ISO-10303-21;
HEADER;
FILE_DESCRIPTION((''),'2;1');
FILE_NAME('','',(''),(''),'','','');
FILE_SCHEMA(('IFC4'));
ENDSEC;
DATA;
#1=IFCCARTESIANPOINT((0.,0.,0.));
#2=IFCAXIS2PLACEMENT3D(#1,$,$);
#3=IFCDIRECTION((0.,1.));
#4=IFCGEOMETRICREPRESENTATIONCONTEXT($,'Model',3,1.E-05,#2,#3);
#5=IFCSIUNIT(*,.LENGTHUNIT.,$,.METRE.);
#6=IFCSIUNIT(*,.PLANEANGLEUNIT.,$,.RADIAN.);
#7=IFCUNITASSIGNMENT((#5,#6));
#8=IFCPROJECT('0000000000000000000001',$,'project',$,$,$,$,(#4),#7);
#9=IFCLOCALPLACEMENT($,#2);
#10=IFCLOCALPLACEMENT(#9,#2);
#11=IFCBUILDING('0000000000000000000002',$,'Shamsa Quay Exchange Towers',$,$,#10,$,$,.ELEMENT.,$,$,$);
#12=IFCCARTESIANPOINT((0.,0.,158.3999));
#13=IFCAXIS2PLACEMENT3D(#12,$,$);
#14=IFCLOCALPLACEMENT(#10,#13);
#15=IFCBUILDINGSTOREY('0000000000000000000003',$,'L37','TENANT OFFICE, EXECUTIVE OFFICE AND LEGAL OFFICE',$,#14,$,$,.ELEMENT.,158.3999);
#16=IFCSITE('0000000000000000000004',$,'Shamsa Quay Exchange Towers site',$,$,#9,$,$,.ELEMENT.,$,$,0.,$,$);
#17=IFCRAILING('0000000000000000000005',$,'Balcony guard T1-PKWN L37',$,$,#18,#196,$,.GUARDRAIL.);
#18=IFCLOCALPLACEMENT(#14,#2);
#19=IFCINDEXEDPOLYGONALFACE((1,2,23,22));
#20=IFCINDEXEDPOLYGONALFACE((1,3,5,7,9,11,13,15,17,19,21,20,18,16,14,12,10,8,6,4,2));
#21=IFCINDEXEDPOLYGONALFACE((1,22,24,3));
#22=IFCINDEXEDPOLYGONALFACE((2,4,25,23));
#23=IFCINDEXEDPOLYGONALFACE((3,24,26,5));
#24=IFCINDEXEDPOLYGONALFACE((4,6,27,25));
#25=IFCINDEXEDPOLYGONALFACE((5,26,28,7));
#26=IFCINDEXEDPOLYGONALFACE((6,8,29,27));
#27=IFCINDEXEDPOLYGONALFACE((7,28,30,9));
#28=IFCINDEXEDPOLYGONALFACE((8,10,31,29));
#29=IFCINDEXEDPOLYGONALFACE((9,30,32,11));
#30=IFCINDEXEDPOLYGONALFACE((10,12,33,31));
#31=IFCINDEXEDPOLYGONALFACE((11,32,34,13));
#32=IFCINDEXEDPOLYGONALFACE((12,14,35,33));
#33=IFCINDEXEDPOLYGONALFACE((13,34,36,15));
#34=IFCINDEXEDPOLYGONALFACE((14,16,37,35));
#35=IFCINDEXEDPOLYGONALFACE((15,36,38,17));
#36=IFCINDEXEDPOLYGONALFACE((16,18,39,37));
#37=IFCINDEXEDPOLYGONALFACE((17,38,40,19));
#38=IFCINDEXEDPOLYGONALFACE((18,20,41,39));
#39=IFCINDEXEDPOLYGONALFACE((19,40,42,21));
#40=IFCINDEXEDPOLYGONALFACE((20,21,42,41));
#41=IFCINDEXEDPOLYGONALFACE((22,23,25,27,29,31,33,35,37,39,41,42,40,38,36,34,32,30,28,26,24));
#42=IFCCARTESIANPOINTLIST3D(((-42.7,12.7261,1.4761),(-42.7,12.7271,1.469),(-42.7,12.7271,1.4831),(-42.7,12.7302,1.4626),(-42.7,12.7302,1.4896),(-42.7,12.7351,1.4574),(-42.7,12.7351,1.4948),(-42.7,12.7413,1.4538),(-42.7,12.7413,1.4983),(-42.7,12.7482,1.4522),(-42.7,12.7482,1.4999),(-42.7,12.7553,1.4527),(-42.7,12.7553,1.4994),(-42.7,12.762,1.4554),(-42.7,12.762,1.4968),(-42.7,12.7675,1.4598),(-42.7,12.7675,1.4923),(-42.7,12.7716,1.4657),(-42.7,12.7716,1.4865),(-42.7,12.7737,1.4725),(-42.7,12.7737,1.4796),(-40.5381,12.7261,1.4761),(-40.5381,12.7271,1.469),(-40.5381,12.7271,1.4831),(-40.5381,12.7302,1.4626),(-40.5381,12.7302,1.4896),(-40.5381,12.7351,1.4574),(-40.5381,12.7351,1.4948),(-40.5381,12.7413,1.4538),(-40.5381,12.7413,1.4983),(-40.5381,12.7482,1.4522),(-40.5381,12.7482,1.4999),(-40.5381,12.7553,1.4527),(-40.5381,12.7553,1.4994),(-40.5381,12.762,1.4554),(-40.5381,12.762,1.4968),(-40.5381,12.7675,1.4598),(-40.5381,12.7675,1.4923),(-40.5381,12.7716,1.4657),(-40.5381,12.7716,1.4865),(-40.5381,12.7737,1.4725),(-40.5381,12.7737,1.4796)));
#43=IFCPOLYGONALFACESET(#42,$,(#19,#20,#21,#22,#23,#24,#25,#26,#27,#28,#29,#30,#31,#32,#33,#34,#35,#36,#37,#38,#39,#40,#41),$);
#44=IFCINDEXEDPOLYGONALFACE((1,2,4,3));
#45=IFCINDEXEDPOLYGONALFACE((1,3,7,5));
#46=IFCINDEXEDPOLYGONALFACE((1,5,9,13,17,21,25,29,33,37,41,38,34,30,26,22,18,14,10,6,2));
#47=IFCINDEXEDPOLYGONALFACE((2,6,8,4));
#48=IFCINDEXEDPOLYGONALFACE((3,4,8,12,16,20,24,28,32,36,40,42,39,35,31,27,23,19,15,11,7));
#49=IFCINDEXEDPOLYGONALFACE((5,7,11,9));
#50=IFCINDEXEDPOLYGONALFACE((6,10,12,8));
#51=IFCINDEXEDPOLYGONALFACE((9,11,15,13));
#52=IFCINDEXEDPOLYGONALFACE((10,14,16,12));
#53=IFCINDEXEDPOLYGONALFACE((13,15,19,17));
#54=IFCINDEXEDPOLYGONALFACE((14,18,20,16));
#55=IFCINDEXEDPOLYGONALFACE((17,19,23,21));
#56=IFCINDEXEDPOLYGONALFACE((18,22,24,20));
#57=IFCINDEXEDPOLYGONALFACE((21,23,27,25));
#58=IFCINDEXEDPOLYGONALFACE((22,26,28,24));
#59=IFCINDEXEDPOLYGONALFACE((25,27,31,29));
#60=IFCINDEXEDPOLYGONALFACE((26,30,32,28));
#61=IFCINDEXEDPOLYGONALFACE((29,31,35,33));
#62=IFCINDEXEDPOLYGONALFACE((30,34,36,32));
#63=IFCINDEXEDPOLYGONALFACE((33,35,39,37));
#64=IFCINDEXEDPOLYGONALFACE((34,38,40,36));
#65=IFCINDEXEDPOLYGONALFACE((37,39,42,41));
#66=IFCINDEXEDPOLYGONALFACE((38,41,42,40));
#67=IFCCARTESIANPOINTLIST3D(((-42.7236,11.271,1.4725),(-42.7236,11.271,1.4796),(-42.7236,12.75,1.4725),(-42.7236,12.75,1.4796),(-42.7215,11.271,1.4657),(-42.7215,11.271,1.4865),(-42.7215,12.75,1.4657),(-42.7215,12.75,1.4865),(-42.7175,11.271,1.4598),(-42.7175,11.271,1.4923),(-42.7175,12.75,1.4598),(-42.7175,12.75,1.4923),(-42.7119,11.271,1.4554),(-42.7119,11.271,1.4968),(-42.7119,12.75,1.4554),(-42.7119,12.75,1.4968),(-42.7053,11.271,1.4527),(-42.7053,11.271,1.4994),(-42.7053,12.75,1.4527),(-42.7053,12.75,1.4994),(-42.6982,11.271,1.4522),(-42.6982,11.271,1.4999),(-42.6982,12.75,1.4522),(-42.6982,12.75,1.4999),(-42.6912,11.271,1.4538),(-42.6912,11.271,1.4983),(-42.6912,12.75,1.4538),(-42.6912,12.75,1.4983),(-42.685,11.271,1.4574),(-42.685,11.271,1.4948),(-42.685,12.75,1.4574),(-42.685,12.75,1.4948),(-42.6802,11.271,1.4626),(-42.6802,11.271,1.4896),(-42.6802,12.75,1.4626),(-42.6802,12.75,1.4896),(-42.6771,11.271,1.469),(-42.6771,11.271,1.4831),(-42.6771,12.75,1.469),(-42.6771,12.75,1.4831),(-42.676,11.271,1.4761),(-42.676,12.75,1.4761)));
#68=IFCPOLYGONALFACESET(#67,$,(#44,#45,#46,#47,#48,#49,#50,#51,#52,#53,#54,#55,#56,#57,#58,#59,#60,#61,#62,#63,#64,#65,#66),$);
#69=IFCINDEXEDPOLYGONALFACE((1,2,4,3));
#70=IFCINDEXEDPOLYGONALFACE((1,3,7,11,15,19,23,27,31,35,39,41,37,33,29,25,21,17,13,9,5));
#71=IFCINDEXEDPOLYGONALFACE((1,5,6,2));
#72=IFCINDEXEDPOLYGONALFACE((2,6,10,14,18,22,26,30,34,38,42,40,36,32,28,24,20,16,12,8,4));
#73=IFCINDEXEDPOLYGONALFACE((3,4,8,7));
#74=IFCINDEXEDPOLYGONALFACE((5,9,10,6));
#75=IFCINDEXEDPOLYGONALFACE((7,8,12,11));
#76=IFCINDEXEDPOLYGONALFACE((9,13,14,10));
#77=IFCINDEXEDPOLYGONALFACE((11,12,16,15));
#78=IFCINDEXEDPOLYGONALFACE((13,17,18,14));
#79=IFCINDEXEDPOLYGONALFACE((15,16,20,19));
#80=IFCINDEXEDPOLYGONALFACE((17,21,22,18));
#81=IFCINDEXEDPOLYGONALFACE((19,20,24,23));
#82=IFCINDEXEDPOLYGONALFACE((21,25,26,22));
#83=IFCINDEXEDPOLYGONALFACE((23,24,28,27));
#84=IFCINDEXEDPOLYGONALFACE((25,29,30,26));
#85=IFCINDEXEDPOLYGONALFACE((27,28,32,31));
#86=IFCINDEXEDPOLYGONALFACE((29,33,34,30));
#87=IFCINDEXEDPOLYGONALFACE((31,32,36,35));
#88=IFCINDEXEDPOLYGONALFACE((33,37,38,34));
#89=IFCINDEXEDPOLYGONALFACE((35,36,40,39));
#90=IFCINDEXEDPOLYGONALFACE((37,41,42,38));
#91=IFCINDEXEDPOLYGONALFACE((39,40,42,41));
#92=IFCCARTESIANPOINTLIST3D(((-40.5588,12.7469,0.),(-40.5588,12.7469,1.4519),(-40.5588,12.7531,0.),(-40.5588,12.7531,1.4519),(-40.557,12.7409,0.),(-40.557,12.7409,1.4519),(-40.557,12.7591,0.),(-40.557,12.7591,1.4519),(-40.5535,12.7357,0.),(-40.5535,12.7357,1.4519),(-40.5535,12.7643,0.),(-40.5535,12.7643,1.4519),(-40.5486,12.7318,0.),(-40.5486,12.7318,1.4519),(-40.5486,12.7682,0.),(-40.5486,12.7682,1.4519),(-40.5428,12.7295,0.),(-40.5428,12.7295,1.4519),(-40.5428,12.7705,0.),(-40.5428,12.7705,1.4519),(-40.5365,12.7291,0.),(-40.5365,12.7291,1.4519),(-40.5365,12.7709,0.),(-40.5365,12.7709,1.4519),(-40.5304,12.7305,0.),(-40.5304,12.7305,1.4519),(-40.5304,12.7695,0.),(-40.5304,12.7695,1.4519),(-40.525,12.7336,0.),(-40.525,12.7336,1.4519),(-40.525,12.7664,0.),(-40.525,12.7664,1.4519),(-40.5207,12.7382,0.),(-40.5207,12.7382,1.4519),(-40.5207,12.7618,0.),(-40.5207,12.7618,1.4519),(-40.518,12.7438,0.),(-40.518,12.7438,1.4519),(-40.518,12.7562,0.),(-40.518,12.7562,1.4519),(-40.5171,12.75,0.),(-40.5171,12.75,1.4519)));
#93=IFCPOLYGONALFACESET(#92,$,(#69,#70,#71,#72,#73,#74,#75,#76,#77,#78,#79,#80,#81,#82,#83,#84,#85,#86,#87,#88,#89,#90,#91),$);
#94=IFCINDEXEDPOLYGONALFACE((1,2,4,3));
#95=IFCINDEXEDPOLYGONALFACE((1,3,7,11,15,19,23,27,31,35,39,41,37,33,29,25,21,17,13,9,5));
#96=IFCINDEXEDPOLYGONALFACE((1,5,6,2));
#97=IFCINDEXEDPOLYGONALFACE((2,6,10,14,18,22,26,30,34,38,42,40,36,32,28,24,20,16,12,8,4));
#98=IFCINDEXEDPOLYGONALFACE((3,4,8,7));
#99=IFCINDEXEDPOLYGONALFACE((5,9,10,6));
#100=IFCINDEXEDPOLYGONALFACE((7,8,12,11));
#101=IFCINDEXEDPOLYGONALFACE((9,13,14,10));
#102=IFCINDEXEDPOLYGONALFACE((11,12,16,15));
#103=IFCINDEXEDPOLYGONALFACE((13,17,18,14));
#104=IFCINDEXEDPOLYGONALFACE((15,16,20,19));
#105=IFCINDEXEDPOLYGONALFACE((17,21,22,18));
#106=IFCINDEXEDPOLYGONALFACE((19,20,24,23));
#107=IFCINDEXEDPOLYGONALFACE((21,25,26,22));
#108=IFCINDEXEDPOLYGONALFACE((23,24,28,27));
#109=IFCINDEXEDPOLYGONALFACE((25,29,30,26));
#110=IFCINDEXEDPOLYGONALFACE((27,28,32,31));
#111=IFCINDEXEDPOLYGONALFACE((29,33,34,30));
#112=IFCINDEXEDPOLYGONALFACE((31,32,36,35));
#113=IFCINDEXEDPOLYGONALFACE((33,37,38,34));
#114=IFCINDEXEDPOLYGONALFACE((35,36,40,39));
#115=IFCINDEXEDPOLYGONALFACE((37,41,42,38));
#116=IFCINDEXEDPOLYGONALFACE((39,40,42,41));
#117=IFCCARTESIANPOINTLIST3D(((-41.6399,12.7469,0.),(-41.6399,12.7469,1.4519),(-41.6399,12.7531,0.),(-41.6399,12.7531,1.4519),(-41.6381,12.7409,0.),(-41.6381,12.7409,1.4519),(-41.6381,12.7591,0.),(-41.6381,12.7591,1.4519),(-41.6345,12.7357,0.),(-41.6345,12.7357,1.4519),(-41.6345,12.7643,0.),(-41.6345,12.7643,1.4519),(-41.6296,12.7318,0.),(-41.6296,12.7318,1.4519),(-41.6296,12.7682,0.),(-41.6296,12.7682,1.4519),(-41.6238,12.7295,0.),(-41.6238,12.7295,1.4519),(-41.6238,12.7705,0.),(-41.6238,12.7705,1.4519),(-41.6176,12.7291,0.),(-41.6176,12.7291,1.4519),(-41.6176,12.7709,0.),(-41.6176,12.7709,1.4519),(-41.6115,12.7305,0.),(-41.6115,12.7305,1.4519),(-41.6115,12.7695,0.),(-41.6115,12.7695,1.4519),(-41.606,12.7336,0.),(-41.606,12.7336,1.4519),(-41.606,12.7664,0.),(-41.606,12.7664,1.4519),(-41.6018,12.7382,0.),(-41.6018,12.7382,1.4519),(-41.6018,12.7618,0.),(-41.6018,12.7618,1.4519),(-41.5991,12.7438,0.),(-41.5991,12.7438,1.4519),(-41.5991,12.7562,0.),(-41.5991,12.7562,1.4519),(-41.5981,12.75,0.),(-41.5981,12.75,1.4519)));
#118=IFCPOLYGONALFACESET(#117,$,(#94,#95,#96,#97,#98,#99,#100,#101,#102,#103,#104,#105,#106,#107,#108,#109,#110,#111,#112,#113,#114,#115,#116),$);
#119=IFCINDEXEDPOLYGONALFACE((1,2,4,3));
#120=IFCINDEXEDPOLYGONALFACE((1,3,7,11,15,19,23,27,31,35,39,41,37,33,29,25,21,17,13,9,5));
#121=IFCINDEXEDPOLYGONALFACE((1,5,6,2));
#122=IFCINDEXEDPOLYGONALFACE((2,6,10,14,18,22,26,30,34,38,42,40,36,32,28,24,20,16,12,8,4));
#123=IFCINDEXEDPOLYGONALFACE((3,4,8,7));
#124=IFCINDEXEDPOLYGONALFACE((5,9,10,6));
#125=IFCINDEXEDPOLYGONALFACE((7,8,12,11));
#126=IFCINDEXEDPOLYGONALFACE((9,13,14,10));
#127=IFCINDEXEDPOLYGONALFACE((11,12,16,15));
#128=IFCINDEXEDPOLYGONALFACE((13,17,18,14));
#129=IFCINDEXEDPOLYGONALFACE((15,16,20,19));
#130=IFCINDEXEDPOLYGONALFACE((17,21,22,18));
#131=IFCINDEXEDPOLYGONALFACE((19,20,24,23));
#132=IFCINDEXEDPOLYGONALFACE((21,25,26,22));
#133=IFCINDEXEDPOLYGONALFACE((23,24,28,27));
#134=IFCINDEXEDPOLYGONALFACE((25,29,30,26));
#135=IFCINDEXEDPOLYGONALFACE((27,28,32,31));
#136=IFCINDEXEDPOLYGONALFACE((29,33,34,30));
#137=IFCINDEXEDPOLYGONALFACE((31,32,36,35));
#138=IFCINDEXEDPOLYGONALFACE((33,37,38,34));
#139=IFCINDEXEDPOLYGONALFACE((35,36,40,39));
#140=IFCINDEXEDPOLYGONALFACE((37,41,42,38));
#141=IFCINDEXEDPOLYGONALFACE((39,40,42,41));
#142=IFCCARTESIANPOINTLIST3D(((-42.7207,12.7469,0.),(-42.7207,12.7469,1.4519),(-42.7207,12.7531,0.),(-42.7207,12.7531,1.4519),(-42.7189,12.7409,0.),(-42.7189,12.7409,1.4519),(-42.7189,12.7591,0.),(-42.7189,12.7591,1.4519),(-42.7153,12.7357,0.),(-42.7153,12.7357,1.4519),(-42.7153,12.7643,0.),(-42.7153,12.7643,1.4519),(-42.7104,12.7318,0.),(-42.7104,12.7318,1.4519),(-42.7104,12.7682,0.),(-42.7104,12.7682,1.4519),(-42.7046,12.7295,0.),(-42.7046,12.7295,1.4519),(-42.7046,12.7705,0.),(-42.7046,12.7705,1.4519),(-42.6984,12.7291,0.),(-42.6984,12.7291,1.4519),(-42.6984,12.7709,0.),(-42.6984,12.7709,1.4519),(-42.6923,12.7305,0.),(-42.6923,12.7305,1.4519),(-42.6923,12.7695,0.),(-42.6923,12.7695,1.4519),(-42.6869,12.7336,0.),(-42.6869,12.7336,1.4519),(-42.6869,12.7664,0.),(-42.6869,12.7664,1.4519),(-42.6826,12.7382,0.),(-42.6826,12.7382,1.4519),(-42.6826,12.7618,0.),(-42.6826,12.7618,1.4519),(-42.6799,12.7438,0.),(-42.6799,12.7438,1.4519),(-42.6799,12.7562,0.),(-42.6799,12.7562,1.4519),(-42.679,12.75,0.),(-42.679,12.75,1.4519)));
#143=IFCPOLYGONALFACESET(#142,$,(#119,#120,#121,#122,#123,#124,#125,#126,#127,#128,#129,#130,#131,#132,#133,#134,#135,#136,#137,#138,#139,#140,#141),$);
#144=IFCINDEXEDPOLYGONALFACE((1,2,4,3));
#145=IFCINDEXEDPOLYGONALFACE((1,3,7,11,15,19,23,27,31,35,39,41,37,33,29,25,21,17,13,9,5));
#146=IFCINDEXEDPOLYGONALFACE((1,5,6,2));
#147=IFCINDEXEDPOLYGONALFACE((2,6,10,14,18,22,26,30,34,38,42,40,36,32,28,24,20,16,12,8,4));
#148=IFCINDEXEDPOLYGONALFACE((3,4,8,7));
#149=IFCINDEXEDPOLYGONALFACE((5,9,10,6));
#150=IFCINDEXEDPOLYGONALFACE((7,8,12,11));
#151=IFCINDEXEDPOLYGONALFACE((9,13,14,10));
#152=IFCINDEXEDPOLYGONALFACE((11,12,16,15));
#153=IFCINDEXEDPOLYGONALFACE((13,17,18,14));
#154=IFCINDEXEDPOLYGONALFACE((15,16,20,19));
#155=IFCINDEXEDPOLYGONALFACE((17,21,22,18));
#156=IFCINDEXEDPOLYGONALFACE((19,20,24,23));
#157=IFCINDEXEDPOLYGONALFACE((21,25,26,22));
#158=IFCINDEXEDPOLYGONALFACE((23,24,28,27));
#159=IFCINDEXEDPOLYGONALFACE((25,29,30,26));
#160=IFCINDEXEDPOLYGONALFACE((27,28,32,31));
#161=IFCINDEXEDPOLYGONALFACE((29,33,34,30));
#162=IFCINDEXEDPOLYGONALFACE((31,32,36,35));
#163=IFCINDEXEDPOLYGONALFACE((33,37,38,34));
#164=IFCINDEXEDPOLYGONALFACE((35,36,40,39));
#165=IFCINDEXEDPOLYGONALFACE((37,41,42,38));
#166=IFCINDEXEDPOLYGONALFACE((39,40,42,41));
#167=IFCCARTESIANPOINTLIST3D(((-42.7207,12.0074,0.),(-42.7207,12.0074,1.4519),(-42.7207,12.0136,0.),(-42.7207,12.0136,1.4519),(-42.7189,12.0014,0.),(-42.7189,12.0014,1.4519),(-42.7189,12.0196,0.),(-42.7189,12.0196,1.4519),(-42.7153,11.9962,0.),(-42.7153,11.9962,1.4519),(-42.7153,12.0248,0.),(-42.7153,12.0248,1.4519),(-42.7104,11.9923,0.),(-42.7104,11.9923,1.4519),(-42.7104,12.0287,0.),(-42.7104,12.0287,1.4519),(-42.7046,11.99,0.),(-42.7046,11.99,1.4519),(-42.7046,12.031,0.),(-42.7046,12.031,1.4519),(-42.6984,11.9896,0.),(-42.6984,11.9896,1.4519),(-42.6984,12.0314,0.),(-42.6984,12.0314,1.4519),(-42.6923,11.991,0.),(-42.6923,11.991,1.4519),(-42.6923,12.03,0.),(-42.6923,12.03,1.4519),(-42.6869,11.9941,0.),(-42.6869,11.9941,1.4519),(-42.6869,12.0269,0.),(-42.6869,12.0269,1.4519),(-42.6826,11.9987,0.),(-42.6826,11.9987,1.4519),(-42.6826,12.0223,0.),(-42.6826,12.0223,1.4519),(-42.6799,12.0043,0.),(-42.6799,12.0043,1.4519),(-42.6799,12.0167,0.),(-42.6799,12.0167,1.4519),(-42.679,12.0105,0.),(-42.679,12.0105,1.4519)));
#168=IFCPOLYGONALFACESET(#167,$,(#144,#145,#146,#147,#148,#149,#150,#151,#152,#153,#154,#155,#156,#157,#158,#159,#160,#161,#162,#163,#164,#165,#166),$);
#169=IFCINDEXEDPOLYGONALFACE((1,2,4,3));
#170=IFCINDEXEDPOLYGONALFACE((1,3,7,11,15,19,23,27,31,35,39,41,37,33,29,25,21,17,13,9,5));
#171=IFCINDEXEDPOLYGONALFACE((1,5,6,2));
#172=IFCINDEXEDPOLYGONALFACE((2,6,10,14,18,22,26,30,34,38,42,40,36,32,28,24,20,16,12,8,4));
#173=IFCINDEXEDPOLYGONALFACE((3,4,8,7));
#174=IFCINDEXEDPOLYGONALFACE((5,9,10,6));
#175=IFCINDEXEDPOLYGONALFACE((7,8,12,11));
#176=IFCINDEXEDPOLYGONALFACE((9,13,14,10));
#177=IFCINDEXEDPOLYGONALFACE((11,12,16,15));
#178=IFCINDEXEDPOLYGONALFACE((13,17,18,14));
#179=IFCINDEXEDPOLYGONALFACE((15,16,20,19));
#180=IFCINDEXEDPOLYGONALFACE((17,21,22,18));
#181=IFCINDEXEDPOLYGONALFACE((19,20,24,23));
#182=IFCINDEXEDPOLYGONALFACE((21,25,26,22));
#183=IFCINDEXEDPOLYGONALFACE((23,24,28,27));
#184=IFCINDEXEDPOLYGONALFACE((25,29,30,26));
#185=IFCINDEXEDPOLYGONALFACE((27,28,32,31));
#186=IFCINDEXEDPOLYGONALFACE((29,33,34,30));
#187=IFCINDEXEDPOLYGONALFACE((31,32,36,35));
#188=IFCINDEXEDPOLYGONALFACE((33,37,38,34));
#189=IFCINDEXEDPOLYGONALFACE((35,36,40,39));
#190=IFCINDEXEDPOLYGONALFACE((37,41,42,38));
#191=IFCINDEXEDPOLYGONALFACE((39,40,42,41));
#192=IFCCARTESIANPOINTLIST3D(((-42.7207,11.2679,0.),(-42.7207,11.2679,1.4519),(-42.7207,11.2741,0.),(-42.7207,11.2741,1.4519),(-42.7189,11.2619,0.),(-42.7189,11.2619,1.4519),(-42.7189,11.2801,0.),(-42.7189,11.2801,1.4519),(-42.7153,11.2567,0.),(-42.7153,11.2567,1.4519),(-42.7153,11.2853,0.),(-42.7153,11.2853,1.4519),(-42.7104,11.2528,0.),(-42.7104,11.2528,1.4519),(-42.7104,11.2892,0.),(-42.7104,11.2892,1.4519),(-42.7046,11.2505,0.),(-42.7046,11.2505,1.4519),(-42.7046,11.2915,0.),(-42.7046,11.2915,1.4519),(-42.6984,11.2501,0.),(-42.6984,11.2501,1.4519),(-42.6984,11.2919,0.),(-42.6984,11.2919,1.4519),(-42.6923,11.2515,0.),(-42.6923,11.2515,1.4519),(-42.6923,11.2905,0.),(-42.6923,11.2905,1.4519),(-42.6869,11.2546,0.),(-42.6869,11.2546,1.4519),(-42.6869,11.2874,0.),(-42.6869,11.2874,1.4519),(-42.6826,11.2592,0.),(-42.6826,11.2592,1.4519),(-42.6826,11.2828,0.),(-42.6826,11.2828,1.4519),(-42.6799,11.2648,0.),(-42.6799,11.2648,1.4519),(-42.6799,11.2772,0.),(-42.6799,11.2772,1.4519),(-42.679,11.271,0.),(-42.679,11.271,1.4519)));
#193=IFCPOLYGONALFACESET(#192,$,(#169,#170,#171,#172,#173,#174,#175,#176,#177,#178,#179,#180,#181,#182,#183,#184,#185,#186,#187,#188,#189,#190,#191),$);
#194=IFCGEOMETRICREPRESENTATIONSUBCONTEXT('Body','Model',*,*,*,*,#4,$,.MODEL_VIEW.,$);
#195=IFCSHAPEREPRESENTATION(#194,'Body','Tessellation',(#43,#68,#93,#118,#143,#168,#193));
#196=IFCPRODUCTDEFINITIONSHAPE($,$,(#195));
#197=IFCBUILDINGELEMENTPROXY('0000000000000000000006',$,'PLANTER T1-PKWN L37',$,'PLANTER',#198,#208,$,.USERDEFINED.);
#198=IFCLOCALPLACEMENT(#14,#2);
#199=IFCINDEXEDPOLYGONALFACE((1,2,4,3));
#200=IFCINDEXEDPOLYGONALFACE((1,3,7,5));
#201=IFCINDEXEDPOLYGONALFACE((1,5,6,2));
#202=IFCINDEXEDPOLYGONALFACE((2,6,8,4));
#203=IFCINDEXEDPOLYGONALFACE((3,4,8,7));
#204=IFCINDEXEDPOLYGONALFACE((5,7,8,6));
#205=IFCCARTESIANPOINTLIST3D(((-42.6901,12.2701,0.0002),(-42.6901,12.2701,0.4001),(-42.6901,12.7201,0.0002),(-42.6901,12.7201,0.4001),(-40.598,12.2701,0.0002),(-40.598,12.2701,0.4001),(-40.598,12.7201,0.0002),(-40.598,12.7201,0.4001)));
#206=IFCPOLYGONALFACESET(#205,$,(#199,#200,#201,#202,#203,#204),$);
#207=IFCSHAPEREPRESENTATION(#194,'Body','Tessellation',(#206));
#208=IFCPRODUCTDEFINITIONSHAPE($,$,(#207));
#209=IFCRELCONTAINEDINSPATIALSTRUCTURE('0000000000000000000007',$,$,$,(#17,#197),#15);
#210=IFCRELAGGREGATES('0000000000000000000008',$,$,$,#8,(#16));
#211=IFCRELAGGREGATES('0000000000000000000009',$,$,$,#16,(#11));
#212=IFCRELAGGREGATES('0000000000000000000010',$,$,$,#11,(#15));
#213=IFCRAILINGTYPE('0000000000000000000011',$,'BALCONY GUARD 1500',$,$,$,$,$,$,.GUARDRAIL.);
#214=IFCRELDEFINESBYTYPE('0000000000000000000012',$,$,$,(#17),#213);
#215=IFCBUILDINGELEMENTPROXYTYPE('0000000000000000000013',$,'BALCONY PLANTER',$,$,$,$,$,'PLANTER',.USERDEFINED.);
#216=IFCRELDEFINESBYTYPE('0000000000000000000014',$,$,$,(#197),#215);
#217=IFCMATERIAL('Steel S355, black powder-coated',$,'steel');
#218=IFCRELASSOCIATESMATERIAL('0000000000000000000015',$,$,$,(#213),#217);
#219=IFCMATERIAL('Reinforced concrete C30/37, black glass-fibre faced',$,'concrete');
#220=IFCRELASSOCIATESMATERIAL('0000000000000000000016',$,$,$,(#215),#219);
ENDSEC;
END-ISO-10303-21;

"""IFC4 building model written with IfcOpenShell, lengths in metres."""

from ifc_helpers import new_model, si_unit, direction, frame, origin, origin_2d, place, context, subcontext, project, spatial, rectangle, circle, extrude, material, type_object, element, save


model = new_model("IFC4")

# Units and contexts
model_context = context("Model", 3, precision=1e-05, world=origin(), true_north=direction((0.0, 1.0)))
body_context = subcontext(model_context, "Body", "Model", "MODEL_VIEW")
ifc_project = project(units=[si_unit("LENGTHUNIT", "METRE"), si_unit("PLANEANGLEUNIT", "RADIAN")], contexts=[model_context])

# Site, building, storey
site_placement = place(None, origin())
site = spatial("IfcSite", under=ifc_project, at=site_placement, Name="Shamsa Quay Exchange Towers site", CompositionType="ELEMENT", RefElevation=0.0)
building_placement = place(site_placement, origin())
building = spatial("IfcBuilding", under=site, at=building_placement, Name="Shamsa Quay Exchange Towers", CompositionType="ELEMENT")
storey_placement = place(building_placement, frame((0.0, 0.0, 158.3999)))
storey = spatial("IfcBuildingStorey", under=building, at=storey_placement, Name="L37", Description="TENANT OFFICE, EXECUTIVE OFFICE AND LEGAL OFFICE", CompositionType="ELEMENT", Elevation=158.3999)

# Railing
ifc_material_1 = material(Name="Steel S355, black powder-coated", Category="steel")
railing_type_1 = type_object("IfcRailingType", Name="BALCONY GUARD 1500", PredefinedType="GUARDRAIL", material=ifc_material_1)
railing_1_placement = place(storey_placement, frame((-40.5381, 12.75, 0.0)))
element("IfcRailing", 1, at=railing_1_placement, inside=storey, type_object=railing_type_1, Name="Balcony guard T1-PKWN L37", PredefinedType="GUARDRAIL", context=body_context, shape_type="SweptSolid", body=[
    extrude(circle(Radius=0.0239, at=origin_2d()), frame((0.0, 0.0, 1.4761), z_axis=(-1.0, 0.0, 0.0), x_axis=(0.0, -1.0, 0.0)), (0.0, 0.0, 1.0), 2.1619),
    extrude(circle(Radius=0.0239, at=origin_2d()), frame((-2.1619, 0.0, 1.4761), z_axis=(0.0, -1.0, 0.0), x_axis=(1.0, 0.0, 0.0)), (0.0, 0.0, 1.0), 1.479),
    extrude(circle(Radius=0.021, at=origin_2d()), origin(), (0.0, 0.0, 1.0), 1.4519),
    extrude(circle(Radius=0.021, at=origin_2d()), frame((-1.0811, 0.0, 0.0)), (0.0, 0.0, 1.0), 1.4519),
    extrude(circle(Radius=0.021, at=origin_2d()), frame((-2.1619, 0.0, 0.0)), (0.0, 0.0, 1.0), 1.4519),
    extrude(circle(Radius=0.021, at=origin_2d()), frame((-2.1619, -0.7395, 0.0)), (0.0, 0.0, 1.0), 1.4519),
    extrude(circle(Radius=0.021, at=origin_2d()), frame((-2.1619, -1.479, 0.0)), (0.0, 0.0, 1.0), 1.4519),
])

# Building element proxy
ifc_material_2 = material(Name="Reinforced concrete C30/37, black glass-fibre faced", Category="concrete")
building_element_proxy_type = type_object("IfcBuildingElementProxyType", Name="BALCONY PLANTER", ElementType="PLANTER", PredefinedType="USERDEFINED", material=ifc_material_2)
proxy_placement = place(storey_placement, frame((-41.644, 12.4951, 0.0002), z_axis=(0.0, 0.0, 1.0), x_axis=(-1.0, 0.0, 0.0)))
element("IfcBuildingElementProxy", 2, at=proxy_placement, inside=storey, type_object=building_element_proxy_type, Name="PLANTER T1-PKWN L37", ObjectType="PLANTER", PredefinedType="USERDEFINED", context=body_context, shape_type="SweptSolid", body=[
    extrude(rectangle(XDim=2.092, YDim=0.45, at=origin_2d()), origin(), (0.0, 0.0, 1.0), 0.3999),
])

save(model, "model.ifc")
